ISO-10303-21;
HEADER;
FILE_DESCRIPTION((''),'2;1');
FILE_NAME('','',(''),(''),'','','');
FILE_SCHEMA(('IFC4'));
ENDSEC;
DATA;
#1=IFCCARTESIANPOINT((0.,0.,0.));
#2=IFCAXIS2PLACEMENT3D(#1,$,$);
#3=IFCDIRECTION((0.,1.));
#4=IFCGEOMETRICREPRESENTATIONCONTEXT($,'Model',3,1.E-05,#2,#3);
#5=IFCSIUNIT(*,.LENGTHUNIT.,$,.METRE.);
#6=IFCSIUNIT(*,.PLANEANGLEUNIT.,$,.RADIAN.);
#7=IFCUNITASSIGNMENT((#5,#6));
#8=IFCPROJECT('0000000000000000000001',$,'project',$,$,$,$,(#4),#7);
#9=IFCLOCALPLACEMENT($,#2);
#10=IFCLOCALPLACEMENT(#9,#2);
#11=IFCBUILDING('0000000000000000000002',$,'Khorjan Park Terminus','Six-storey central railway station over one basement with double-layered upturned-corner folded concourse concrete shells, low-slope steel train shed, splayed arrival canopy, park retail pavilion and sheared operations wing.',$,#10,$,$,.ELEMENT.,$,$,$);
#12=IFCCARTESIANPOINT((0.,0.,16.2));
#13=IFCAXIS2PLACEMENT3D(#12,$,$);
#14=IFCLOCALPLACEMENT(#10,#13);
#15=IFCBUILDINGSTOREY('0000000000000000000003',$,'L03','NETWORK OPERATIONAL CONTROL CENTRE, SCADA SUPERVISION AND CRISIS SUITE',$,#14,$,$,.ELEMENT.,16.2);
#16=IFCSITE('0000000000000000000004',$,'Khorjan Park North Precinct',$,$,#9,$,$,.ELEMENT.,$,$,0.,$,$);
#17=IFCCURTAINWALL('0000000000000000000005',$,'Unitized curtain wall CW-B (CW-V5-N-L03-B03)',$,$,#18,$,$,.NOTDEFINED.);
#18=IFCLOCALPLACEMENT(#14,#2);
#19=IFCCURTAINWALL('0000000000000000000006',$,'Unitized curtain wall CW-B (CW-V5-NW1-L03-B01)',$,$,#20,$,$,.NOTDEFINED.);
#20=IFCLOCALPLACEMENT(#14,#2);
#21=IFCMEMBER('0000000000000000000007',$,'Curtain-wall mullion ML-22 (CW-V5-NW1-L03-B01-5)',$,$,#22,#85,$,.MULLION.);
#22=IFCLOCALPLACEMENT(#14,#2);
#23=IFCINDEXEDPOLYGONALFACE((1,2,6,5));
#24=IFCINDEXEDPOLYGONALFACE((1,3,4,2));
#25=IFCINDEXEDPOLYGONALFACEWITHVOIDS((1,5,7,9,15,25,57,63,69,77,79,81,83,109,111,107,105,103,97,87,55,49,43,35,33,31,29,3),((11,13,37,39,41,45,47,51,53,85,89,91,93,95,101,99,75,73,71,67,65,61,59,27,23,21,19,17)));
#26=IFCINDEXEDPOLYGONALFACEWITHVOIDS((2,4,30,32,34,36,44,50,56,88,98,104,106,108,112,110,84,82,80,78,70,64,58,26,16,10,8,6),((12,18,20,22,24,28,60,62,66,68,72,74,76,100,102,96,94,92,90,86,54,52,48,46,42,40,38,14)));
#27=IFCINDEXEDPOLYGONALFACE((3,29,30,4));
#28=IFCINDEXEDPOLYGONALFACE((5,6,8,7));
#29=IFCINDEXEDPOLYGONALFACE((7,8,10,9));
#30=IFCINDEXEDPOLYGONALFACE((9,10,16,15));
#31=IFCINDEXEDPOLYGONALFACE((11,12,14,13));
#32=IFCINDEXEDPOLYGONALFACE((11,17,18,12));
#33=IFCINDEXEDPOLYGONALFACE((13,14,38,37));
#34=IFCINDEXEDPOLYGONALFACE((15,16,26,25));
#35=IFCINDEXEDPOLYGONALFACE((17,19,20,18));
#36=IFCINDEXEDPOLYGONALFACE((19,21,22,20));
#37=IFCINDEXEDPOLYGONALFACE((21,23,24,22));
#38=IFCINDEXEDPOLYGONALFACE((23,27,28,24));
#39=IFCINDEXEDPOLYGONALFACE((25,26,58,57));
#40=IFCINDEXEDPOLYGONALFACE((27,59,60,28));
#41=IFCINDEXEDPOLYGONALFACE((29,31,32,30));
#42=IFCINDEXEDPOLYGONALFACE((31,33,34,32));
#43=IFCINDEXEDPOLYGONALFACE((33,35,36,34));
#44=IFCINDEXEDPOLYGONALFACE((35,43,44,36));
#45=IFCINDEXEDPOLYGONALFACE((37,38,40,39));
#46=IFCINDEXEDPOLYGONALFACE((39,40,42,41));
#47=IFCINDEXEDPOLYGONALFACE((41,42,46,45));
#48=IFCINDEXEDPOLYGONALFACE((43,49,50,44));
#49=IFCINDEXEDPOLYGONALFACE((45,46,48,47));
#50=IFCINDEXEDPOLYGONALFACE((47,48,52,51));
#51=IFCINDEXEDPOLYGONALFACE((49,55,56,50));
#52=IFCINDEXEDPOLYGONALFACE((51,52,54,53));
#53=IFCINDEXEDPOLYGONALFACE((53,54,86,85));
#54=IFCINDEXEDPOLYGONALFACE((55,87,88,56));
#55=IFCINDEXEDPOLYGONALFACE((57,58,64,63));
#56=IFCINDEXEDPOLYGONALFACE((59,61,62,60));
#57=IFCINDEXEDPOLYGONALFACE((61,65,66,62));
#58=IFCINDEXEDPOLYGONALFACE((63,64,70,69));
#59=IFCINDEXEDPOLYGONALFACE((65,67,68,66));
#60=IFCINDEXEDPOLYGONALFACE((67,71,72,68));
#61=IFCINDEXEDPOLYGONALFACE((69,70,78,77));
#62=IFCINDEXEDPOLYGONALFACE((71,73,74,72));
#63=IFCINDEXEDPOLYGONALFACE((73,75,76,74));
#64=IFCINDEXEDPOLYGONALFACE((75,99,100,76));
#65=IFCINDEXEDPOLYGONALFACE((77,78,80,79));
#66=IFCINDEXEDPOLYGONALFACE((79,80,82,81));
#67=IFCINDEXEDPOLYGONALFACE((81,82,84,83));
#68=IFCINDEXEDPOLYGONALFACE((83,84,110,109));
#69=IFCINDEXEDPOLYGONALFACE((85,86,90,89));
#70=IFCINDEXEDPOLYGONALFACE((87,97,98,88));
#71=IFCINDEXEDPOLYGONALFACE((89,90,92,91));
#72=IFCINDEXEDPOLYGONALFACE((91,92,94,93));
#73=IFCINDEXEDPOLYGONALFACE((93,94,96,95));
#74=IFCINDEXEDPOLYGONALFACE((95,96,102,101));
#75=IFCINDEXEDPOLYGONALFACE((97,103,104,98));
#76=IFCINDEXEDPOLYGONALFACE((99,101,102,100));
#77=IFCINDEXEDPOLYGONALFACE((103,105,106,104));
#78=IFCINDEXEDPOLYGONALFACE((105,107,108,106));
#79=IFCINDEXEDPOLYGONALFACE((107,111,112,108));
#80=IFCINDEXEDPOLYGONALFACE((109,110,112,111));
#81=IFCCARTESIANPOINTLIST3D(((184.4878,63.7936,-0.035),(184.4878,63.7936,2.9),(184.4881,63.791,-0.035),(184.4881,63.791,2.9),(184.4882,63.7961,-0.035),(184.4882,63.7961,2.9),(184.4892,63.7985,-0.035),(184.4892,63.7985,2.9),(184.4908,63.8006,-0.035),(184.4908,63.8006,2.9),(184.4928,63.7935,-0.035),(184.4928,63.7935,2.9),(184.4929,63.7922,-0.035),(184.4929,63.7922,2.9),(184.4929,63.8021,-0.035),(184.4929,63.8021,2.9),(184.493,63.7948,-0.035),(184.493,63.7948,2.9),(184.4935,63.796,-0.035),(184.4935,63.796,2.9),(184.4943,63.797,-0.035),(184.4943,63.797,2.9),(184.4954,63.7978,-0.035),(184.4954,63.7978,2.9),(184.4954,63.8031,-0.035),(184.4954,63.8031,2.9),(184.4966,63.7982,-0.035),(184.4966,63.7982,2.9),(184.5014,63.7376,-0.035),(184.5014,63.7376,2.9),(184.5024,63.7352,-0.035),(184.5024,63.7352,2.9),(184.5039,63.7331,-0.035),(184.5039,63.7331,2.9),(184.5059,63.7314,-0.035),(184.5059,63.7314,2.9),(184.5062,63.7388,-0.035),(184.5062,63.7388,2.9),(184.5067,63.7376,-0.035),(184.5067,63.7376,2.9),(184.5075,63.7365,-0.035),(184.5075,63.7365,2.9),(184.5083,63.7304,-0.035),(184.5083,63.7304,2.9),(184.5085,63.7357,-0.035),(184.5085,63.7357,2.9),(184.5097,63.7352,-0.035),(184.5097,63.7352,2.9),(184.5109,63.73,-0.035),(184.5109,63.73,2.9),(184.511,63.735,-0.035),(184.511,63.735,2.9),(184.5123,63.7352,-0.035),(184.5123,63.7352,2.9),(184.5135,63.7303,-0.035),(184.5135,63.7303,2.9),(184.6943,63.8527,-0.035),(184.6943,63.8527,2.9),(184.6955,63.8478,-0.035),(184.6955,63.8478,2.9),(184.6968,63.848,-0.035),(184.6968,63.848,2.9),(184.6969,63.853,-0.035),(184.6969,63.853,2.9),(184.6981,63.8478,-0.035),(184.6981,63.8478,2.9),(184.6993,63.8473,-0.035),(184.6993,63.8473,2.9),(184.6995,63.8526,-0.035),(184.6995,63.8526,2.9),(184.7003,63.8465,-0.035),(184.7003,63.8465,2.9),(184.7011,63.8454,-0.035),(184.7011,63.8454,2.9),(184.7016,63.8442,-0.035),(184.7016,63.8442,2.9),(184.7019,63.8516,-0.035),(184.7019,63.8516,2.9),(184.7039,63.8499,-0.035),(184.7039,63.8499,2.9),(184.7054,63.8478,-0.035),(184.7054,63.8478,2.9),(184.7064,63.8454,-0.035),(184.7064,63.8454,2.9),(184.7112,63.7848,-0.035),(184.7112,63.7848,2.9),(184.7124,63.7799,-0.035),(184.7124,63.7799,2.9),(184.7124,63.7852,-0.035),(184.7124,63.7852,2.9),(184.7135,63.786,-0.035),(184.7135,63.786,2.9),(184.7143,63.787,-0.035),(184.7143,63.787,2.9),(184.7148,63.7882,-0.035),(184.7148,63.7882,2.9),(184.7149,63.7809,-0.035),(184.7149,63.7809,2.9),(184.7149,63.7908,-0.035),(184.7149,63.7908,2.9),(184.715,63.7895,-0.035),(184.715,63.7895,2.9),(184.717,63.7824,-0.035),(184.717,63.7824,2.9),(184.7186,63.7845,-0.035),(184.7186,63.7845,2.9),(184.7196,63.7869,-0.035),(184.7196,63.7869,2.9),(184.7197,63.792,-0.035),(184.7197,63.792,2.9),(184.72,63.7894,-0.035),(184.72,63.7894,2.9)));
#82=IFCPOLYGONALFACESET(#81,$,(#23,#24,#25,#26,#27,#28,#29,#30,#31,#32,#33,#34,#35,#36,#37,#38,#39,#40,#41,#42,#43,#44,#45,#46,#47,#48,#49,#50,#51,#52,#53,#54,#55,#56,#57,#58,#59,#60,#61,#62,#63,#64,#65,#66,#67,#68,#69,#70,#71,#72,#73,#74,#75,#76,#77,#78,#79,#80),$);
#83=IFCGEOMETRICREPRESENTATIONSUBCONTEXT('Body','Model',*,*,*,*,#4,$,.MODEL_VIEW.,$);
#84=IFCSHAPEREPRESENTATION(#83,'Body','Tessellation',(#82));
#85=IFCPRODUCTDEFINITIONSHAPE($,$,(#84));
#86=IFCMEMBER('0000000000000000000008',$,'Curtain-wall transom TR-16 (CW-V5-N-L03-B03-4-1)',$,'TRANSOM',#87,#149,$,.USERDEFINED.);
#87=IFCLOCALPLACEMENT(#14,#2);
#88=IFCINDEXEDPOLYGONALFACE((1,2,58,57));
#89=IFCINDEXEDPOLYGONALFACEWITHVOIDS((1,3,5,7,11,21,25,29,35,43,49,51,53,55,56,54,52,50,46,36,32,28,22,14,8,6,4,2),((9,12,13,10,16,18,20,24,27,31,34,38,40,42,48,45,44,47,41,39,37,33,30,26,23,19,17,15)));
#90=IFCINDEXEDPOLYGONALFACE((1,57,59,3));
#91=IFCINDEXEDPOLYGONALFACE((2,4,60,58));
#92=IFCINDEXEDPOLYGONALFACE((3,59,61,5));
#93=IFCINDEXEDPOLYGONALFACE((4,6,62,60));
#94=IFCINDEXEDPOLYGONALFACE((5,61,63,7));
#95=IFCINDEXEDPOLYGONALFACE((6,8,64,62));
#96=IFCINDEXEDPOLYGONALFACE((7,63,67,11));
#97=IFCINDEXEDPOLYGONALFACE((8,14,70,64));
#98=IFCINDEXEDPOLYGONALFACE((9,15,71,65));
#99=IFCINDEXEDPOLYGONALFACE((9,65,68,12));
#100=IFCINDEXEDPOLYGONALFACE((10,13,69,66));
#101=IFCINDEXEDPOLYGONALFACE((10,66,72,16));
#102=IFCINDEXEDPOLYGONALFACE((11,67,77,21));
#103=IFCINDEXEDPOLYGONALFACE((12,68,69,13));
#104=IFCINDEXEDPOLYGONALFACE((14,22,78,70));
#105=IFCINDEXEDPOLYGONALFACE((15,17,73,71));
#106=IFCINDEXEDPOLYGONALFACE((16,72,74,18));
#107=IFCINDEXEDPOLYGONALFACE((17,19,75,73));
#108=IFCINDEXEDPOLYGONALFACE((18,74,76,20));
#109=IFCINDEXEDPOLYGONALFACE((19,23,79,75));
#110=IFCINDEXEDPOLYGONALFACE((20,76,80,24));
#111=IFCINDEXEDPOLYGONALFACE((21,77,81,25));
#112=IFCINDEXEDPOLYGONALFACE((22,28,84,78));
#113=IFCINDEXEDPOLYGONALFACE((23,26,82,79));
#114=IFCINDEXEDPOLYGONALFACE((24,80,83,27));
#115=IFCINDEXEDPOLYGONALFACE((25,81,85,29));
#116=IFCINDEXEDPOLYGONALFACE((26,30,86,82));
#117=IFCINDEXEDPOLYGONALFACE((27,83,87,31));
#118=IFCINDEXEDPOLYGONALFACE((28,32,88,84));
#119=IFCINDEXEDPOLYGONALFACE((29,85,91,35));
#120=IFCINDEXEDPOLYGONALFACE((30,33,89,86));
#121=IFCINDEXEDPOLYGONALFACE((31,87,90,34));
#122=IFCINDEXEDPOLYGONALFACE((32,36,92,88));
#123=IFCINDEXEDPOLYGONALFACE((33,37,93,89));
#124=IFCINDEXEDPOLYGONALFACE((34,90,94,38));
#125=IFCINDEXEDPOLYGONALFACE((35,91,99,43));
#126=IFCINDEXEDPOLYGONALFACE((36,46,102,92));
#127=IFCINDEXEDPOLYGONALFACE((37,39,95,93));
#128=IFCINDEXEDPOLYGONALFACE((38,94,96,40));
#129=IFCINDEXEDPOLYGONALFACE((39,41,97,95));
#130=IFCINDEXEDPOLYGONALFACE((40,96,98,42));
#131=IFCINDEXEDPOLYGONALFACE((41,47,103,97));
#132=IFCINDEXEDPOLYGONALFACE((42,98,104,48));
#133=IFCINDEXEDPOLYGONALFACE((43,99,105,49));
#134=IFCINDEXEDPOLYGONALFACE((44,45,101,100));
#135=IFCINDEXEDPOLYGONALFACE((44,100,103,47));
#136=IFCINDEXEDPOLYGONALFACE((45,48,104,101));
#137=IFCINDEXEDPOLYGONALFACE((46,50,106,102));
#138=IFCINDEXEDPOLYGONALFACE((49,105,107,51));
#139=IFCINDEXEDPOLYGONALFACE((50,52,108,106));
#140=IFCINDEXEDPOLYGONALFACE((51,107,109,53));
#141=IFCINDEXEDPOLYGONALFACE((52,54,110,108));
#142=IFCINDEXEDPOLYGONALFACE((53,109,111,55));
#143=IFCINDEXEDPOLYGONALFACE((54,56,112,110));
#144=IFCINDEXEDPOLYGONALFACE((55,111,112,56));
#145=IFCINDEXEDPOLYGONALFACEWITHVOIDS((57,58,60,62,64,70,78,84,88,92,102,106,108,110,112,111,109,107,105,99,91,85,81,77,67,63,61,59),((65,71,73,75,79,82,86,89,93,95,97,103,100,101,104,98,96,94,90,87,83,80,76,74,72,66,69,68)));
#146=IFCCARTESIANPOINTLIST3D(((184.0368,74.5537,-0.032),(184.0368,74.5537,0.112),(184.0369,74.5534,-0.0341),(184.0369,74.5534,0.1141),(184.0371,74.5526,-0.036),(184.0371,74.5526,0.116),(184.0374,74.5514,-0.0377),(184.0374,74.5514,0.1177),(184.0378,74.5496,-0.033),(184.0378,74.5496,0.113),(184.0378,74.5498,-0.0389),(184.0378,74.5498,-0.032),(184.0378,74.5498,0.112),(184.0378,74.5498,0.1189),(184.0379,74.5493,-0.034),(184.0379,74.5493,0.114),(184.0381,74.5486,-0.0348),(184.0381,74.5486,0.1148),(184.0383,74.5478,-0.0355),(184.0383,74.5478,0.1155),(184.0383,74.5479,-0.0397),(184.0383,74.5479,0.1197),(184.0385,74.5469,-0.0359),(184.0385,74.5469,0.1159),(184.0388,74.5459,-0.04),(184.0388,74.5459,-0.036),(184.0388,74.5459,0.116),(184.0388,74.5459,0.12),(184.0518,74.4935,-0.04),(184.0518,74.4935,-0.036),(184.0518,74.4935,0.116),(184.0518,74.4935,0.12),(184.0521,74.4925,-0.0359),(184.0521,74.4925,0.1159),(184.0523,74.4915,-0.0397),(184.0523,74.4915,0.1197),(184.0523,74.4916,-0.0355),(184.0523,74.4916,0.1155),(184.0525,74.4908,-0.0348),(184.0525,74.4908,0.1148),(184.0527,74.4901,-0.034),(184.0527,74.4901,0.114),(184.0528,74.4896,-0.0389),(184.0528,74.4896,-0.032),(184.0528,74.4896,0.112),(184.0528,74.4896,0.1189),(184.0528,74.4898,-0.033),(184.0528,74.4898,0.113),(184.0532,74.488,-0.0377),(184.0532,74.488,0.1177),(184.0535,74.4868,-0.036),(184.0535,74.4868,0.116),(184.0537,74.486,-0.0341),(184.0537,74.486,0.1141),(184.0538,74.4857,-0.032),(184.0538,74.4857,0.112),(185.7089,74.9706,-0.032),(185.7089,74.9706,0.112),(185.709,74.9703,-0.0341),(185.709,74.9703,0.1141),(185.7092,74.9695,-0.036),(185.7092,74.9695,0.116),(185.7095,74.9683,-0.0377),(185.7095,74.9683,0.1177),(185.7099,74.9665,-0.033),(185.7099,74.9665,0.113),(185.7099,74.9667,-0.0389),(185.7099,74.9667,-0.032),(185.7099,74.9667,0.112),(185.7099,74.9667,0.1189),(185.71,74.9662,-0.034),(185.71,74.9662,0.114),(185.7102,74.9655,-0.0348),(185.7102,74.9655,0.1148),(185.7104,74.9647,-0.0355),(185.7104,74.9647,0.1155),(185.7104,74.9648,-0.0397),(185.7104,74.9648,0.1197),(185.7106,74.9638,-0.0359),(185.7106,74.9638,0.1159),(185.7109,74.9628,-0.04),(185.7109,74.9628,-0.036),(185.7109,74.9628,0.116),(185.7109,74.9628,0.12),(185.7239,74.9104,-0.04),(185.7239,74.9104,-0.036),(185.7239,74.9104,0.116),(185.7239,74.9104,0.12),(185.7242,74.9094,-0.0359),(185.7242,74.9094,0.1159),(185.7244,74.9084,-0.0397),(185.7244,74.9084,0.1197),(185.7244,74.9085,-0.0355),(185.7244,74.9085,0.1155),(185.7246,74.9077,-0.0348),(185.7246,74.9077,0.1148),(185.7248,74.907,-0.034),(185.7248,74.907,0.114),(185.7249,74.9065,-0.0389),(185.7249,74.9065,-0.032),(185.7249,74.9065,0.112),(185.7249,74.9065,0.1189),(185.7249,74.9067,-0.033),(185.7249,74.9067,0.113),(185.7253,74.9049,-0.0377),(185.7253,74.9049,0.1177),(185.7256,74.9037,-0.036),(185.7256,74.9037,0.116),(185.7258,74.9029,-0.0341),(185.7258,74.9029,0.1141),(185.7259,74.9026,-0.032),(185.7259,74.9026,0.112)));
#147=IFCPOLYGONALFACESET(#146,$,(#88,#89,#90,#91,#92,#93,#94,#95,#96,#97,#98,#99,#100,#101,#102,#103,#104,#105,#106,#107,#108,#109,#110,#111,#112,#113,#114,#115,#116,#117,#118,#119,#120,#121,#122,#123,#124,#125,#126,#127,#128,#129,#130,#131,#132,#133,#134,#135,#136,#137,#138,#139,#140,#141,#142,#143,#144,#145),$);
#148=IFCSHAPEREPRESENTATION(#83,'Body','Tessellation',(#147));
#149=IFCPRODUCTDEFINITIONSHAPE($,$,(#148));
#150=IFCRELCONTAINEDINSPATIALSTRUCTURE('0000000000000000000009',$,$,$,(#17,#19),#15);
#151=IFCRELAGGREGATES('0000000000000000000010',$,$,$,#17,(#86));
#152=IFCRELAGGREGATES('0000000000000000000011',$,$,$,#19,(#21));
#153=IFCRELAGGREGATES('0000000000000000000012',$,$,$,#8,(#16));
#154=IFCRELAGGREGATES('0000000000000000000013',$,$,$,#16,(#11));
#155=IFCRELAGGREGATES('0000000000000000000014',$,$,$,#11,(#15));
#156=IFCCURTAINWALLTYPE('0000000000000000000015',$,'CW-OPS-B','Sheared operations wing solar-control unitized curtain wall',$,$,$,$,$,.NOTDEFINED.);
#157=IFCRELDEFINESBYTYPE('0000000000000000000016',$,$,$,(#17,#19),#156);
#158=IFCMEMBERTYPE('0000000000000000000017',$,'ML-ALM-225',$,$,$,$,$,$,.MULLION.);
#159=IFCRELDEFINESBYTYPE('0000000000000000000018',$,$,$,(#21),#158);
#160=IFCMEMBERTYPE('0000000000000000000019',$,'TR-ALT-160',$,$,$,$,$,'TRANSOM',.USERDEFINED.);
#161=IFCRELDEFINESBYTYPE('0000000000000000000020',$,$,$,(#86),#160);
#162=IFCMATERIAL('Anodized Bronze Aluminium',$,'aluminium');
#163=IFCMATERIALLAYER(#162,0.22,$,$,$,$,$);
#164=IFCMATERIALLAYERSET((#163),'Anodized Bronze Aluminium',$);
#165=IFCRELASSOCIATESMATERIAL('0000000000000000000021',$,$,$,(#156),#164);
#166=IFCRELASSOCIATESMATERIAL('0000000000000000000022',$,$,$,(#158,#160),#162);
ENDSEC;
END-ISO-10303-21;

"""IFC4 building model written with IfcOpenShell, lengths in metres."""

from ifc_helpers import new_model, si_unit, direction, frame, origin, origin_2d, place, context, subcontext, project, spatial, hollow_rectangle, extrude, material, layer, layer_set, material_profile, profile_set, type_object, element, aggregate, save


model = new_model("IFC4")

# Units and contexts
model_context = context("Model", 3, precision=1e-05, world=origin(), true_north=direction((0.0, 1.0)))
body_context = subcontext(model_context, "Body", "Model", "MODEL_VIEW")
ifc_project = project(units=[si_unit("LENGTHUNIT", "METRE"), si_unit("PLANEANGLEUNIT", "RADIAN")], contexts=[model_context])

# Site, building, storey
site_placement = place(None, origin())
site = spatial("IfcSite", under=ifc_project, at=site_placement, Name="Khorjan Park North Precinct", CompositionType="ELEMENT", RefElevation=0.0)
building_placement = place(site_placement, origin())
building = spatial("IfcBuilding", under=site, at=building_placement, Name="Khorjan Park Terminus", Description="Six-storey central railway station over one basement with double-layered upturned-corner folded concourse concrete shells, low-slope steel train shed, splayed arrival canopy, park retail pavilion and sheared operations wing.", CompositionType="ELEMENT")
storey_placement = place(building_placement, frame((0.0, 0.0, 16.2)))
storey = spatial("IfcBuildingStorey", under=building, at=storey_placement, Name="L03", Description="NETWORK OPERATIONAL CONTROL CENTRE, SCADA SUPERVISION AND CRISIS SUITE", CompositionType="ELEMENT", Elevation=16.2)

# Curtain walls, member
ifc_material_1 = material(Name="Anodized Bronze Aluminium", Category="aluminium")
ifc_layer_1 = layer(ifc_material_1, 0.22)
ifc_layer_set_1 = layer_set([ifc_layer_1], Name="Anodized Bronze Aluminium")
curtain_wall_type = type_object("IfcCurtainWallType", Name="CW-OPS-B", Description="Sheared operations wing solar-control unitized curtain wall", PredefinedType="NOTDEFINED", material=ifc_layer_set_1)
curtain_wall_1_placement = place(storey_placement, origin())
curtain_wall_1 = element("IfcCurtainWall", 1, at=curtain_wall_1_placement, inside=storey, type_object=curtain_wall_type, Name="Unitized curtain wall CW-B (CW-V5-N-L03-B03)", PredefinedType="NOTDEFINED")
ifc_material_profile_1 = material_profile(ifc_material_1, hollow_rectangle(XDim=0.075, YDim=0.225, WallThickness=0.005, InnerFilletRadius=0.005, OuterFilletRadius=0.01, at=origin_2d()), Name="ALM 75x225x5")
ifc_profile_set_1 = profile_set([ifc_material_profile_1], Name="Anodized Bronze Aluminium")
member_type_1 = type_object("IfcMemberType", Name="ML-ALM-225", PredefinedType="MULLION", material=ifc_profile_set_1)
curtain_wall_2_placement = place(storey_placement, origin())
curtain_wall_2 = element("IfcCurtainWall", 2, at=curtain_wall_2_placement, inside=storey, type_object=curtain_wall_type, Name="Unitized curtain wall CW-B (CW-V5-NW1-L03-B01)", PredefinedType="NOTDEFINED")
member_1_placement = place(storey_placement, frame((184.6039, 63.7915, -0.035), z_axis=(0.0, 0.0, 1.0), x_axis=(0.241923, -0.970296, 0.0)))
member_1 = element("IfcMember", 3, at=member_1_placement, type_object=member_type_1, Name="Curtain-wall mullion ML-22 (CW-V5-NW1-L03-B01-5)", PredefinedType="MULLION", context=body_context, shape_type="SweptSolid", body=[
    extrude(hollow_rectangle(XDim=0.075, YDim=0.225, WallThickness=0.005, InnerFilletRadius=0.005, OuterFilletRadius=0.01, at=origin_2d()), origin(), (0.0, 0.0, 1.0), 2.935),
])

# Member
ifc_material_profile_2 = material_profile(ifc_material_1, hollow_rectangle(XDim=0.07, YDim=0.16, WallThickness=0.004, InnerFilletRadius=0.004, OuterFilletRadius=0.008, at=origin_2d()), Name="ALT 70x160x4")
ifc_profile_set_2 = profile_set([ifc_material_profile_2], Name="Anodized Bronze Aluminium")
member_type_2 = type_object("IfcMemberType", Name="TR-ALT-160", ElementType="TRANSOM", PredefinedType="USERDEFINED", material=ifc_profile_set_2)
member_2_placement = place(storey_placement, frame((185.7174, 74.9366, 0.04), z_axis=(-0.970296, -0.241921, 0.0), x_axis=(0.241921, -0.970296, 0.0)))
member_2 = element("IfcMember", 4, at=member_2_placement, type_object=member_type_2, Name="Curtain-wall transom TR-16 (CW-V5-N-L03-B03-4-1)", ObjectType="TRANSOM", PredefinedType="USERDEFINED", context=body_context, shape_type="SweptSolid", body=[
    extrude(hollow_rectangle(XDim=0.07, YDim=0.16, WallThickness=0.004, InnerFilletRadius=0.004, OuterFilletRadius=0.008, at=origin_2d()), origin(), (0.0, 0.0, 1.0), 1.7233),
])

aggregate(curtain_wall_1, [member_2])
aggregate(curtain_wall_2, [member_1])

save(model, "model.ifc")
